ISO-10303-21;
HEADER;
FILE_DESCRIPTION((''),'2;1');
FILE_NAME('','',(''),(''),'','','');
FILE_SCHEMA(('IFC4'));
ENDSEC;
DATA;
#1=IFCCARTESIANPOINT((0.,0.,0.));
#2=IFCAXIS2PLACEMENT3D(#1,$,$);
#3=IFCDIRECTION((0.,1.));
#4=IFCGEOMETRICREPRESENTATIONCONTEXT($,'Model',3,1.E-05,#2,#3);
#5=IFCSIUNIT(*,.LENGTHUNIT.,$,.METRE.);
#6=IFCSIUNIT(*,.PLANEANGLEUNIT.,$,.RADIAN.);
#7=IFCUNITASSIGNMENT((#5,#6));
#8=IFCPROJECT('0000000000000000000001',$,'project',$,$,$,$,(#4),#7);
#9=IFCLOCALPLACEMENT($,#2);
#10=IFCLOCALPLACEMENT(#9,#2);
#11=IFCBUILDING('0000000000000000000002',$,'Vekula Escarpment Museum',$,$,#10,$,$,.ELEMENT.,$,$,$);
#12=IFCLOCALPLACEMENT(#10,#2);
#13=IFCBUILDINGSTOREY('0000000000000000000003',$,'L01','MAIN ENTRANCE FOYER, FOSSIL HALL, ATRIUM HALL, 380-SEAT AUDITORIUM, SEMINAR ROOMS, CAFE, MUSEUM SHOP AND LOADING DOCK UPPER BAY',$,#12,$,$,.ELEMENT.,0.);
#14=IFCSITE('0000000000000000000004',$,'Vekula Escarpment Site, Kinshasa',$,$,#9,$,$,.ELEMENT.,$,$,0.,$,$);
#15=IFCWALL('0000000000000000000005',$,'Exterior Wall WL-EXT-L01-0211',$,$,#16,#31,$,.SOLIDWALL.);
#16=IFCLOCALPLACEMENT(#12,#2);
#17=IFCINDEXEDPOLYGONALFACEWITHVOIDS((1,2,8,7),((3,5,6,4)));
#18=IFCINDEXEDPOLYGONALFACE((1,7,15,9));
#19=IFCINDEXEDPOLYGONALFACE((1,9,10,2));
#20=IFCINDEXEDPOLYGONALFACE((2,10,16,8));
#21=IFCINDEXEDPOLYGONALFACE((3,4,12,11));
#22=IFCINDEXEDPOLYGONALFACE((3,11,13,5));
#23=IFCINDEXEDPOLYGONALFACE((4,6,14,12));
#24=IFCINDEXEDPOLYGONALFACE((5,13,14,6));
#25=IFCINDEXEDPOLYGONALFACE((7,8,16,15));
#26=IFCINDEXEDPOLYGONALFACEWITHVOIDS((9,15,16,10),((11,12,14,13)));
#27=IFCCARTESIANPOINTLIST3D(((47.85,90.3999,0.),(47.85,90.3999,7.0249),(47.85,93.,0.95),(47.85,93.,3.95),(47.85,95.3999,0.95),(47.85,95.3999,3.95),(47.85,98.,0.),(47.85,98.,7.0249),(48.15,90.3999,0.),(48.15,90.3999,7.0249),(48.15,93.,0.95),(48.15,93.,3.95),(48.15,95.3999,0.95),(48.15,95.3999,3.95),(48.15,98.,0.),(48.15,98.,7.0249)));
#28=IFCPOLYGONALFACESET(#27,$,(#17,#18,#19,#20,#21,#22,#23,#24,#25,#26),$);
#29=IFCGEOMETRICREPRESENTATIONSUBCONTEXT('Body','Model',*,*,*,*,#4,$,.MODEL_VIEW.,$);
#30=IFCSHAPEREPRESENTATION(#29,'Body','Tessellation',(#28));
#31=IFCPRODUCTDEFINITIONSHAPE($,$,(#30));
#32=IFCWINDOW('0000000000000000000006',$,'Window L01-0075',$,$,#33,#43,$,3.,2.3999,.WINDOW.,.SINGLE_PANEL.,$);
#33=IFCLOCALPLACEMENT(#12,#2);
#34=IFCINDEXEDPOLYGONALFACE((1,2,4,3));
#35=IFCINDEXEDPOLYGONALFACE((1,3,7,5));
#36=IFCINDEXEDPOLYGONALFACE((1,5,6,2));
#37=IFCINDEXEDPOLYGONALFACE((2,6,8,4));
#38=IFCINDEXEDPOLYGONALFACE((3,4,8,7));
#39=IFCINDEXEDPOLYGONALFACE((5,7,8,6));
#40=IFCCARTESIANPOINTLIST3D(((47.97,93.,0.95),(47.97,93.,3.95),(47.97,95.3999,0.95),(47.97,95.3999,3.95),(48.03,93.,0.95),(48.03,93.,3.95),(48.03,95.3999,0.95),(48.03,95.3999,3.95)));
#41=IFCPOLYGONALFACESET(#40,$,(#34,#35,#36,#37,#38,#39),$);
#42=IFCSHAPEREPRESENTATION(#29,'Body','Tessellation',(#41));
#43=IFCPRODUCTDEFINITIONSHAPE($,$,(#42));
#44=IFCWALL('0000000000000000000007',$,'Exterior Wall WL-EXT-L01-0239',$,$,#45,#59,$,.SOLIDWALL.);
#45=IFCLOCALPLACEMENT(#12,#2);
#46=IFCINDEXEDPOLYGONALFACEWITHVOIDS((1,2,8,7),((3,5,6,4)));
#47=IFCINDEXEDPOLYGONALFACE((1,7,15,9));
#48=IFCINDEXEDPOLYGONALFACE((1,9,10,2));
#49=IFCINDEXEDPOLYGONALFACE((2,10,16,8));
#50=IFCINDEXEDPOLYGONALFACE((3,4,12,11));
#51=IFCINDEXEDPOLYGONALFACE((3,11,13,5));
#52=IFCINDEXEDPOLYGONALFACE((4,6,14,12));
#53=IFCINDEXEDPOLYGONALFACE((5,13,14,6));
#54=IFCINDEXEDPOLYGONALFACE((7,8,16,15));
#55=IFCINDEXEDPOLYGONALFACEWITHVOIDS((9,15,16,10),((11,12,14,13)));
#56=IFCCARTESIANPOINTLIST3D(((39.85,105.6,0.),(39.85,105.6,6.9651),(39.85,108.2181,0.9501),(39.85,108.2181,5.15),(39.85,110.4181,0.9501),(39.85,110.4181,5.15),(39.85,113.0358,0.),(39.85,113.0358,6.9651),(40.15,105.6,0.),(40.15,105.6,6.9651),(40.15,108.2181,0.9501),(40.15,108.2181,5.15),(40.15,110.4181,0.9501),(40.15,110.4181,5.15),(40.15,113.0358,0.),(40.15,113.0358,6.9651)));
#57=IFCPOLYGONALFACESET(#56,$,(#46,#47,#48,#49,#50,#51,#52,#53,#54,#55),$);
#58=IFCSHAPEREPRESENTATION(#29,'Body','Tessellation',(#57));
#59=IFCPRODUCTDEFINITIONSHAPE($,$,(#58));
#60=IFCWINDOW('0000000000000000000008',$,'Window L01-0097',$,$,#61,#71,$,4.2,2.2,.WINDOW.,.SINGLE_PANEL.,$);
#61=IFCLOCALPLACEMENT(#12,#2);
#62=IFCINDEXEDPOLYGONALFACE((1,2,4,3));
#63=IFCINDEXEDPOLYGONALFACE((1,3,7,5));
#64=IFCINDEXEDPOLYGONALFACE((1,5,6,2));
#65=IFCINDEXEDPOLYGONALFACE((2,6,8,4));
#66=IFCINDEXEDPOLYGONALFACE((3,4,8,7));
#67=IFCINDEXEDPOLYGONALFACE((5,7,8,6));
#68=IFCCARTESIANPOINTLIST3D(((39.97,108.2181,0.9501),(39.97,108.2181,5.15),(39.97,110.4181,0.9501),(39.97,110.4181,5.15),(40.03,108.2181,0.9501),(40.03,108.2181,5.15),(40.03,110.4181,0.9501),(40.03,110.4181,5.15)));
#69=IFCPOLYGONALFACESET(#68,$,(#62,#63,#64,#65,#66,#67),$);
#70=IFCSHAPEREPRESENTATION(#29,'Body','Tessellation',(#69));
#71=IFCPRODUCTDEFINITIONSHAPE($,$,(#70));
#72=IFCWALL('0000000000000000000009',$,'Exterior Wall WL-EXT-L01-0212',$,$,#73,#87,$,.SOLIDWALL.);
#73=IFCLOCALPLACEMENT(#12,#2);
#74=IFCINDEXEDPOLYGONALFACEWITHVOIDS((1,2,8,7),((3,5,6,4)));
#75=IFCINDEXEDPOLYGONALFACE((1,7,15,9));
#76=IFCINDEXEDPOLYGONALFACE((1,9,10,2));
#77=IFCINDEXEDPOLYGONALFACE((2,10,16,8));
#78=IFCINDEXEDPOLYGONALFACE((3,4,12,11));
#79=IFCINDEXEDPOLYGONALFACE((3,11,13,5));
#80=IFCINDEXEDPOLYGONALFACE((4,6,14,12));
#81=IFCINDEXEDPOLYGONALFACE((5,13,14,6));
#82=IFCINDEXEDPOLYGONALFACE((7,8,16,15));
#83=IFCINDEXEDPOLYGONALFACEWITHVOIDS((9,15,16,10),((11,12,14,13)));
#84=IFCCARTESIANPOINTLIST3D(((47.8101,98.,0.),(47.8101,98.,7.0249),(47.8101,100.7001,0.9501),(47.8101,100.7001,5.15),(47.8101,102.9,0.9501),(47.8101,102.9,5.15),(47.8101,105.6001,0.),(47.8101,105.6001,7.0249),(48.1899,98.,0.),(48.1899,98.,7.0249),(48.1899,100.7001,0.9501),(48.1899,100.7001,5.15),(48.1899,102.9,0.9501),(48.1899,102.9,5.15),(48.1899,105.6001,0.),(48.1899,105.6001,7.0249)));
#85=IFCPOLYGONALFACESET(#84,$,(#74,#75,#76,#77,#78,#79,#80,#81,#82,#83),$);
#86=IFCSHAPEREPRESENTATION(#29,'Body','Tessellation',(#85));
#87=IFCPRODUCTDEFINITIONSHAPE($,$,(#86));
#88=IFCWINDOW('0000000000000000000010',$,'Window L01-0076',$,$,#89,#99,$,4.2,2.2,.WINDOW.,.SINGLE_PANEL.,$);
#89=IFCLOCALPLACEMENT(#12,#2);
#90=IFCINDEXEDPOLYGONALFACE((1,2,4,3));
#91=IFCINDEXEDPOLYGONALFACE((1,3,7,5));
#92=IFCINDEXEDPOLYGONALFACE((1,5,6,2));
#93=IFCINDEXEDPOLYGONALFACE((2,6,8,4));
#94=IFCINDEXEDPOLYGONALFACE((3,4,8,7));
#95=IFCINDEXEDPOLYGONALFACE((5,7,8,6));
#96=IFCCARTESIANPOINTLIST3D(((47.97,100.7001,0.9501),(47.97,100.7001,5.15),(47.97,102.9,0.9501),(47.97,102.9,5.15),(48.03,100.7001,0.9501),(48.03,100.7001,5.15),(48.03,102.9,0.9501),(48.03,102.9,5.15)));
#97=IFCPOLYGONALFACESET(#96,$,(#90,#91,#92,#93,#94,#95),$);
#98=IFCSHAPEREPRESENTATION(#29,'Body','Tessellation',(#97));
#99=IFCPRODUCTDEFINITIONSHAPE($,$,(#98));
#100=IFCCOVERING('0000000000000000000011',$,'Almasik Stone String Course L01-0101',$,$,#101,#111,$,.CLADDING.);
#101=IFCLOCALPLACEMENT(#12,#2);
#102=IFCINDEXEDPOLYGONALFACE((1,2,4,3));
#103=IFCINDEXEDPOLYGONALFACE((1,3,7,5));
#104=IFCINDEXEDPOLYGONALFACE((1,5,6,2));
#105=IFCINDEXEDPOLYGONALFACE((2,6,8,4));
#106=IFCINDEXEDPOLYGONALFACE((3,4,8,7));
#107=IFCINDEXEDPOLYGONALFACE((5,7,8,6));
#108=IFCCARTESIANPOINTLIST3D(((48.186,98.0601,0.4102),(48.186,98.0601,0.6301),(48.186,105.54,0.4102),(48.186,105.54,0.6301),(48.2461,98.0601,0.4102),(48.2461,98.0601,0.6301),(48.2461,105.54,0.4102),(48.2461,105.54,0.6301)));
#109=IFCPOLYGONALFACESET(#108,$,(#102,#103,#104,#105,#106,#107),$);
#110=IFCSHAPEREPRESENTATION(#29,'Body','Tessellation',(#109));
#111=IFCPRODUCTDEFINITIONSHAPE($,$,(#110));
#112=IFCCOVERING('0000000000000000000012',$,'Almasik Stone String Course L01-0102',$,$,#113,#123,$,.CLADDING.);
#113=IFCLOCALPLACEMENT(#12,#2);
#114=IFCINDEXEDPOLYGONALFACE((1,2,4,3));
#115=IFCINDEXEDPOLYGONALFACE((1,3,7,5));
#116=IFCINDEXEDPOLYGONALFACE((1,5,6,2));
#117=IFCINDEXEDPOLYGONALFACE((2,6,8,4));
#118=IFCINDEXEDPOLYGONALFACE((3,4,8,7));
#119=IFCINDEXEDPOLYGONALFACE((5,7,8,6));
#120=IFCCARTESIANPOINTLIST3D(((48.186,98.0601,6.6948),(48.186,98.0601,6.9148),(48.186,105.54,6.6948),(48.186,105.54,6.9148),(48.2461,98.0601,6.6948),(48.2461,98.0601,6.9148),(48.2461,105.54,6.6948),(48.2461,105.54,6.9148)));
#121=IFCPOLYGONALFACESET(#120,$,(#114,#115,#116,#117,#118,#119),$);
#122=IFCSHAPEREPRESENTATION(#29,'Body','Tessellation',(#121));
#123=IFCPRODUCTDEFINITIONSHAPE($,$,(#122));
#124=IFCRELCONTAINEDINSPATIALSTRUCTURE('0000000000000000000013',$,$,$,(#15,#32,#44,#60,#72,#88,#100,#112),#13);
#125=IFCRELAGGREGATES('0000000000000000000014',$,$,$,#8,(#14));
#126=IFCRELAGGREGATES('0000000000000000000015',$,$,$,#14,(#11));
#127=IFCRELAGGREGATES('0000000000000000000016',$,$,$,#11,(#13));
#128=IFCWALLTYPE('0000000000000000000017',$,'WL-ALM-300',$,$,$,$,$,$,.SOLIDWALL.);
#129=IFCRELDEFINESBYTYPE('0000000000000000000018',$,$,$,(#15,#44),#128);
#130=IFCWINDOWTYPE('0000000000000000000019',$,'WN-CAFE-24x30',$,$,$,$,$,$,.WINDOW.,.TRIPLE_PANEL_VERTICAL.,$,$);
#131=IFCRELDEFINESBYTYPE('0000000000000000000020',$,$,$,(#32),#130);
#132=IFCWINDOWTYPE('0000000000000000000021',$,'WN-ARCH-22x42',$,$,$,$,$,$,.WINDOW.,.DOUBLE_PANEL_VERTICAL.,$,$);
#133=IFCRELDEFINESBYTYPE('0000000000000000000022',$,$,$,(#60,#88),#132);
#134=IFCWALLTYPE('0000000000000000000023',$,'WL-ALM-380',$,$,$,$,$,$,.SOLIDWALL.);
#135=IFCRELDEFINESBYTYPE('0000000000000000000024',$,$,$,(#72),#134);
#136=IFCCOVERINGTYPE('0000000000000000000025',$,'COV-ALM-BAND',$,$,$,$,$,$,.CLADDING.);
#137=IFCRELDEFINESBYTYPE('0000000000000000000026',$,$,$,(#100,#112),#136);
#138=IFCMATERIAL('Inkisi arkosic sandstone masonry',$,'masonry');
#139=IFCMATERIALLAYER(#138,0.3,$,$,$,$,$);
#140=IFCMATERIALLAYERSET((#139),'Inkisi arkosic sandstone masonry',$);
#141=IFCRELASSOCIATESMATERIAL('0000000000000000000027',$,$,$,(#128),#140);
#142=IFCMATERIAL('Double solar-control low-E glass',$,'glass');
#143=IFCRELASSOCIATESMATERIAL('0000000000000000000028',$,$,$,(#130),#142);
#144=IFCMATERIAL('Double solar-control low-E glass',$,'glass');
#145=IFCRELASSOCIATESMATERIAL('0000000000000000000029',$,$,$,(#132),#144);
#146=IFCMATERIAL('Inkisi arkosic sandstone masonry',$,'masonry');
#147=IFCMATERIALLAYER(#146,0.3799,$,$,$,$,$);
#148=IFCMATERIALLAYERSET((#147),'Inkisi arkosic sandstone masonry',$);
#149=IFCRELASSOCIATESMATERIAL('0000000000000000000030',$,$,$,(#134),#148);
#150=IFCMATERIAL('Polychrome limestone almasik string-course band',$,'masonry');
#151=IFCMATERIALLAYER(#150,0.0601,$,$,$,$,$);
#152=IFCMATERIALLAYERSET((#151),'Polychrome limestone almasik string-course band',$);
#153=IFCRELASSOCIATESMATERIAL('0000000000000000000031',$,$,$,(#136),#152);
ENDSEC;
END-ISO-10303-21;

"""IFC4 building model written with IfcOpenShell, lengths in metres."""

from ifc_helpers import new_model, si_unit, direction, frame, frame_2d, origin, origin_2d, place, context, subcontext, project, spatial, rectangle, extrude, material, layer, layer_set, type_object, element, fill, save


model = new_model("IFC4")

# Units and contexts
model_context = context("Model", 3, precision=1e-05, world=origin(), true_north=direction((0.0, 1.0)))
body_context = subcontext(model_context, "Body", "Model", "MODEL_VIEW")
ifc_project = project(units=[si_unit("LENGTHUNIT", "METRE"), si_unit("PLANEANGLEUNIT", "RADIAN")], contexts=[model_context])

# Site, building, storey
site_placement = place(None, origin())
site = spatial("IfcSite", under=ifc_project, at=site_placement, Name="Vekula Escarpment Site, Kinshasa", CompositionType="ELEMENT", RefElevation=0.0)
building_placement = place(site_placement, origin())
building = spatial("IfcBuilding", under=site, at=building_placement, Name="Vekula Escarpment Museum", CompositionType="ELEMENT")
storey_placement = place(building_placement, origin())
storey = spatial("IfcBuildingStorey", under=building, at=storey_placement, Name="L01", Description="MAIN ENTRANCE FOYER, FOSSIL HALL, ATRIUM HALL, 380-SEAT AUDITORIUM, SEMINAR ROOMS, CAFE, MUSEUM SHOP AND LOADING DOCK UPPER BAY", CompositionType="ELEMENT", Elevation=0.0)

# Walls, openings, windows
ifc_material_1 = material(Name="Inkisi arkosic sandstone masonry", Category="masonry")
ifc_layer_1 = layer(ifc_material_1, 0.3)
ifc_layer_set_1 = layer_set([ifc_layer_1], Name="Inkisi arkosic sandstone masonry")
wall_type_1 = type_object("IfcWallType", Name="WL-ALM-300", PredefinedType="SOLIDWALL", material=ifc_layer_set_1)
wall_1_placement = place(storey_placement, frame((48.0, 98.0, 0.0), z_axis=(0.0, 0.0, 1.0), x_axis=(0.0, -1.0, 0.0)))
wall_1 = element("IfcWall", 1, at=wall_1_placement, inside=storey, type_object=wall_type_1, Name="Exterior Wall WL-EXT-L01-0211", PredefinedType="SOLIDWALL", context=body_context, shape_type="SweptSolid", body=[
    extrude(rectangle(XDim=7.6001, YDim=0.3, at=frame_2d((3.8, 0.0))), origin(), (0.0, 0.0, 1.0), 7.0249),
])
opening_1_placement = place(wall_1_placement, frame((2.6001, 0.0, 0.95)))
opening_1 = element("IfcOpeningElement", 2, at=opening_1_placement, cuts=wall_1, PredefinedType="OPENING", context=body_context, shape_type="SweptSolid", body=[
    extrude(rectangle(XDim=2.3999, YDim=3.0, at=frame_2d((1.2, 1.5))), frame((0.0, 0.1599, 0.0), z_axis=(0.0, -1.0, 0.0), x_axis=(1.0, 0.0, 0.0)), (0.0, 0.0, 1.0), 0.3201),
])
ifc_material_2 = material(Name="Double solar-control low-E glass", Category="glass")
window_type_1 = type_object("IfcWindowType", Name="WN-CAFE-24x30", PartitioningType="TRIPLE_PANEL_VERTICAL", PredefinedType="WINDOW", material=ifc_material_2)
window_1_placement = place(opening_1_placement, origin())
window_1 = element("IfcWindow", 3, at=window_1_placement, inside=storey, type_object=window_type_1, Name="Window L01-0075", OverallHeight=3.0, OverallWidth=2.3999, PartitioningType="SINGLE_PANEL", PredefinedType="WINDOW", context=body_context, shape_type="SweptSolid", body=[
    extrude(rectangle(XDim=2.3999, YDim=3.0, at=frame_2d((1.2, 1.5))), frame((0.0, 0.03, 0.0), z_axis=(0.0, -1.0, 0.0), x_axis=(1.0, 0.0, 0.0)), (0.0, 0.0, 1.0), 0.0601),
])
fill(opening_1, window_1)
wall_2_placement = place(storey_placement, frame((40.0, 105.6001, 0.0), z_axis=(0.0, 0.0, 1.0), x_axis=(0.0, 1.0, 0.0)))
wall_2 = element("IfcWall", 4, at=wall_2_placement, inside=storey, type_object=wall_type_1, Name="Exterior Wall WL-EXT-L01-0239", PredefinedType="SOLIDWALL", context=body_context, shape_type="SweptSolid", body=[
    extrude(rectangle(XDim=7.4358, YDim=0.3, at=frame_2d((3.7178, 0.0))), origin(), (0.0, 0.0, 1.0), 6.9651),
])
opening_2_placement = place(wall_2_placement, frame((2.6179, 0.0, 0.95)))
opening_2 = element("IfcOpeningElement", 5, at=opening_2_placement, cuts=wall_2, PredefinedType="OPENING", context=body_context, shape_type="SweptSolid", body=[
    extrude(rectangle(XDim=2.2, YDim=4.2, at=frame_2d((1.1001, 2.1001))), frame((0.0, 0.1599, 0.0), z_axis=(0.0, -1.0, 0.0), x_axis=(1.0, 0.0, 0.0)), (0.0, 0.0, 1.0), 0.3201),
])
ifc_material_3 = material(Name="Double solar-control low-E glass", Category="glass")
window_type_2 = type_object("IfcWindowType", Name="WN-ARCH-22x42", PartitioningType="DOUBLE_PANEL_VERTICAL", PredefinedType="WINDOW", material=ifc_material_3)
window_2_placement = place(opening_2_placement, origin())
window_2 = element("IfcWindow", 6, at=window_2_placement, inside=storey, type_object=window_type_2, Name="Window L01-0097", OverallHeight=4.2, OverallWidth=2.2, PartitioningType="SINGLE_PANEL", PredefinedType="WINDOW", context=body_context, shape_type="SweptSolid", body=[
    extrude(rectangle(XDim=2.2, YDim=4.2, at=frame_2d((1.1001, 2.1001))), frame((0.0, 0.03, 0.0), z_axis=(0.0, -1.0, 0.0), x_axis=(1.0, 0.0, 0.0)), (0.0, 0.0, 1.0), 0.0601),
])
fill(opening_2, window_2)
ifc_material_4 = material(Name="Inkisi arkosic sandstone masonry", Category="masonry")
ifc_layer_2 = layer(ifc_material_4, 0.3799)
ifc_layer_set_2 = layer_set([ifc_layer_2], Name="Inkisi arkosic sandstone masonry")
wall_type_2 = type_object("IfcWallType", Name="WL-ALM-380", PredefinedType="SOLIDWALL", material=ifc_layer_set_2)
wall_3_placement = place(storey_placement, frame((48.0, 105.6001, 0.0), z_axis=(0.0, 0.0, 1.0), x_axis=(0.0, -1.0, 0.0)))
wall_3 = element("IfcWall", 7, at=wall_3_placement, inside=storey, type_object=wall_type_2, Name="Exterior Wall WL-EXT-L01-0212", PredefinedType="SOLIDWALL", context=body_context, shape_type="SweptSolid", body=[
    extrude(rectangle(XDim=7.6001, YDim=0.3799, at=frame_2d((3.8, 0.0))), origin(), (0.0, 0.0, 1.0), 7.0249),
])
opening_3_placement = place(wall_3_placement, frame((2.7, 0.0, 0.95)))
opening_3 = element("IfcOpeningElement", 8, at=opening_3_placement, cuts=wall_3, PredefinedType="OPENING", context=body_context, shape_type="SweptSolid", body=[
    extrude(rectangle(XDim=2.2, YDim=4.2, at=frame_2d((1.1001, 2.1001))), frame((0.0, 0.2, 0.0), z_axis=(0.0, -1.0, 0.0), x_axis=(1.0, 0.0, 0.0)), (0.0, 0.0, 1.0), 0.3999),
])
window_3_placement = place(opening_3_placement, origin())
window_3 = element("IfcWindow", 9, at=window_3_placement, inside=storey, type_object=window_type_2, Name="Window L01-0076", OverallHeight=4.2, OverallWidth=2.2, PartitioningType="SINGLE_PANEL", PredefinedType="WINDOW", context=body_context, shape_type="SweptSolid", body=[
    extrude(rectangle(XDim=2.2, YDim=4.2, at=frame_2d((1.1001, 2.1001))), frame((0.0, 0.03, 0.0), z_axis=(0.0, -1.0, 0.0), x_axis=(1.0, 0.0, 0.0)), (0.0, 0.0, 1.0), 0.0601),
])
fill(opening_3, window_3)

# Coverings
ifc_material_5 = material(Name="Polychrome limestone almasik string-course band", Category="masonry")
ifc_layer_3 = layer(ifc_material_5, 0.0601)
ifc_layer_set_3 = layer_set([ifc_layer_3], Name="Polychrome limestone almasik string-course band")
covering_type = type_object("IfcCoveringType", Name="COV-ALM-BAND", PredefinedType="CLADDING", material=ifc_layer_set_3)
for number, where, z_axis, x_axis, name in (
    (10, (48.2161, 101.8, 0.4102), (0.0, 0.0, 1.0), (0.0, 1.0, 0.0), "Almasik Stone String Course L01-0101"),
    (11, (48.2161, 101.8, 6.6948), (0.0, 0.0, 1.0), (0.0, 1.0, 0.0), "Almasik Stone String Course L01-0102"),
):
    element("IfcCovering", number, at=place(storey_placement, frame(where, z_axis=z_axis, x_axis=x_axis)), inside=storey, type_object=covering_type, Name=name, PredefinedType="CLADDING", context=body_context, shape_type="SweptSolid", body=[
        extrude(rectangle(XDim=7.48, YDim=0.0601, at=origin_2d()), origin(), (0.0, 0.0, 1.0), 0.22),
    ])

save(model, "model.ifc")
